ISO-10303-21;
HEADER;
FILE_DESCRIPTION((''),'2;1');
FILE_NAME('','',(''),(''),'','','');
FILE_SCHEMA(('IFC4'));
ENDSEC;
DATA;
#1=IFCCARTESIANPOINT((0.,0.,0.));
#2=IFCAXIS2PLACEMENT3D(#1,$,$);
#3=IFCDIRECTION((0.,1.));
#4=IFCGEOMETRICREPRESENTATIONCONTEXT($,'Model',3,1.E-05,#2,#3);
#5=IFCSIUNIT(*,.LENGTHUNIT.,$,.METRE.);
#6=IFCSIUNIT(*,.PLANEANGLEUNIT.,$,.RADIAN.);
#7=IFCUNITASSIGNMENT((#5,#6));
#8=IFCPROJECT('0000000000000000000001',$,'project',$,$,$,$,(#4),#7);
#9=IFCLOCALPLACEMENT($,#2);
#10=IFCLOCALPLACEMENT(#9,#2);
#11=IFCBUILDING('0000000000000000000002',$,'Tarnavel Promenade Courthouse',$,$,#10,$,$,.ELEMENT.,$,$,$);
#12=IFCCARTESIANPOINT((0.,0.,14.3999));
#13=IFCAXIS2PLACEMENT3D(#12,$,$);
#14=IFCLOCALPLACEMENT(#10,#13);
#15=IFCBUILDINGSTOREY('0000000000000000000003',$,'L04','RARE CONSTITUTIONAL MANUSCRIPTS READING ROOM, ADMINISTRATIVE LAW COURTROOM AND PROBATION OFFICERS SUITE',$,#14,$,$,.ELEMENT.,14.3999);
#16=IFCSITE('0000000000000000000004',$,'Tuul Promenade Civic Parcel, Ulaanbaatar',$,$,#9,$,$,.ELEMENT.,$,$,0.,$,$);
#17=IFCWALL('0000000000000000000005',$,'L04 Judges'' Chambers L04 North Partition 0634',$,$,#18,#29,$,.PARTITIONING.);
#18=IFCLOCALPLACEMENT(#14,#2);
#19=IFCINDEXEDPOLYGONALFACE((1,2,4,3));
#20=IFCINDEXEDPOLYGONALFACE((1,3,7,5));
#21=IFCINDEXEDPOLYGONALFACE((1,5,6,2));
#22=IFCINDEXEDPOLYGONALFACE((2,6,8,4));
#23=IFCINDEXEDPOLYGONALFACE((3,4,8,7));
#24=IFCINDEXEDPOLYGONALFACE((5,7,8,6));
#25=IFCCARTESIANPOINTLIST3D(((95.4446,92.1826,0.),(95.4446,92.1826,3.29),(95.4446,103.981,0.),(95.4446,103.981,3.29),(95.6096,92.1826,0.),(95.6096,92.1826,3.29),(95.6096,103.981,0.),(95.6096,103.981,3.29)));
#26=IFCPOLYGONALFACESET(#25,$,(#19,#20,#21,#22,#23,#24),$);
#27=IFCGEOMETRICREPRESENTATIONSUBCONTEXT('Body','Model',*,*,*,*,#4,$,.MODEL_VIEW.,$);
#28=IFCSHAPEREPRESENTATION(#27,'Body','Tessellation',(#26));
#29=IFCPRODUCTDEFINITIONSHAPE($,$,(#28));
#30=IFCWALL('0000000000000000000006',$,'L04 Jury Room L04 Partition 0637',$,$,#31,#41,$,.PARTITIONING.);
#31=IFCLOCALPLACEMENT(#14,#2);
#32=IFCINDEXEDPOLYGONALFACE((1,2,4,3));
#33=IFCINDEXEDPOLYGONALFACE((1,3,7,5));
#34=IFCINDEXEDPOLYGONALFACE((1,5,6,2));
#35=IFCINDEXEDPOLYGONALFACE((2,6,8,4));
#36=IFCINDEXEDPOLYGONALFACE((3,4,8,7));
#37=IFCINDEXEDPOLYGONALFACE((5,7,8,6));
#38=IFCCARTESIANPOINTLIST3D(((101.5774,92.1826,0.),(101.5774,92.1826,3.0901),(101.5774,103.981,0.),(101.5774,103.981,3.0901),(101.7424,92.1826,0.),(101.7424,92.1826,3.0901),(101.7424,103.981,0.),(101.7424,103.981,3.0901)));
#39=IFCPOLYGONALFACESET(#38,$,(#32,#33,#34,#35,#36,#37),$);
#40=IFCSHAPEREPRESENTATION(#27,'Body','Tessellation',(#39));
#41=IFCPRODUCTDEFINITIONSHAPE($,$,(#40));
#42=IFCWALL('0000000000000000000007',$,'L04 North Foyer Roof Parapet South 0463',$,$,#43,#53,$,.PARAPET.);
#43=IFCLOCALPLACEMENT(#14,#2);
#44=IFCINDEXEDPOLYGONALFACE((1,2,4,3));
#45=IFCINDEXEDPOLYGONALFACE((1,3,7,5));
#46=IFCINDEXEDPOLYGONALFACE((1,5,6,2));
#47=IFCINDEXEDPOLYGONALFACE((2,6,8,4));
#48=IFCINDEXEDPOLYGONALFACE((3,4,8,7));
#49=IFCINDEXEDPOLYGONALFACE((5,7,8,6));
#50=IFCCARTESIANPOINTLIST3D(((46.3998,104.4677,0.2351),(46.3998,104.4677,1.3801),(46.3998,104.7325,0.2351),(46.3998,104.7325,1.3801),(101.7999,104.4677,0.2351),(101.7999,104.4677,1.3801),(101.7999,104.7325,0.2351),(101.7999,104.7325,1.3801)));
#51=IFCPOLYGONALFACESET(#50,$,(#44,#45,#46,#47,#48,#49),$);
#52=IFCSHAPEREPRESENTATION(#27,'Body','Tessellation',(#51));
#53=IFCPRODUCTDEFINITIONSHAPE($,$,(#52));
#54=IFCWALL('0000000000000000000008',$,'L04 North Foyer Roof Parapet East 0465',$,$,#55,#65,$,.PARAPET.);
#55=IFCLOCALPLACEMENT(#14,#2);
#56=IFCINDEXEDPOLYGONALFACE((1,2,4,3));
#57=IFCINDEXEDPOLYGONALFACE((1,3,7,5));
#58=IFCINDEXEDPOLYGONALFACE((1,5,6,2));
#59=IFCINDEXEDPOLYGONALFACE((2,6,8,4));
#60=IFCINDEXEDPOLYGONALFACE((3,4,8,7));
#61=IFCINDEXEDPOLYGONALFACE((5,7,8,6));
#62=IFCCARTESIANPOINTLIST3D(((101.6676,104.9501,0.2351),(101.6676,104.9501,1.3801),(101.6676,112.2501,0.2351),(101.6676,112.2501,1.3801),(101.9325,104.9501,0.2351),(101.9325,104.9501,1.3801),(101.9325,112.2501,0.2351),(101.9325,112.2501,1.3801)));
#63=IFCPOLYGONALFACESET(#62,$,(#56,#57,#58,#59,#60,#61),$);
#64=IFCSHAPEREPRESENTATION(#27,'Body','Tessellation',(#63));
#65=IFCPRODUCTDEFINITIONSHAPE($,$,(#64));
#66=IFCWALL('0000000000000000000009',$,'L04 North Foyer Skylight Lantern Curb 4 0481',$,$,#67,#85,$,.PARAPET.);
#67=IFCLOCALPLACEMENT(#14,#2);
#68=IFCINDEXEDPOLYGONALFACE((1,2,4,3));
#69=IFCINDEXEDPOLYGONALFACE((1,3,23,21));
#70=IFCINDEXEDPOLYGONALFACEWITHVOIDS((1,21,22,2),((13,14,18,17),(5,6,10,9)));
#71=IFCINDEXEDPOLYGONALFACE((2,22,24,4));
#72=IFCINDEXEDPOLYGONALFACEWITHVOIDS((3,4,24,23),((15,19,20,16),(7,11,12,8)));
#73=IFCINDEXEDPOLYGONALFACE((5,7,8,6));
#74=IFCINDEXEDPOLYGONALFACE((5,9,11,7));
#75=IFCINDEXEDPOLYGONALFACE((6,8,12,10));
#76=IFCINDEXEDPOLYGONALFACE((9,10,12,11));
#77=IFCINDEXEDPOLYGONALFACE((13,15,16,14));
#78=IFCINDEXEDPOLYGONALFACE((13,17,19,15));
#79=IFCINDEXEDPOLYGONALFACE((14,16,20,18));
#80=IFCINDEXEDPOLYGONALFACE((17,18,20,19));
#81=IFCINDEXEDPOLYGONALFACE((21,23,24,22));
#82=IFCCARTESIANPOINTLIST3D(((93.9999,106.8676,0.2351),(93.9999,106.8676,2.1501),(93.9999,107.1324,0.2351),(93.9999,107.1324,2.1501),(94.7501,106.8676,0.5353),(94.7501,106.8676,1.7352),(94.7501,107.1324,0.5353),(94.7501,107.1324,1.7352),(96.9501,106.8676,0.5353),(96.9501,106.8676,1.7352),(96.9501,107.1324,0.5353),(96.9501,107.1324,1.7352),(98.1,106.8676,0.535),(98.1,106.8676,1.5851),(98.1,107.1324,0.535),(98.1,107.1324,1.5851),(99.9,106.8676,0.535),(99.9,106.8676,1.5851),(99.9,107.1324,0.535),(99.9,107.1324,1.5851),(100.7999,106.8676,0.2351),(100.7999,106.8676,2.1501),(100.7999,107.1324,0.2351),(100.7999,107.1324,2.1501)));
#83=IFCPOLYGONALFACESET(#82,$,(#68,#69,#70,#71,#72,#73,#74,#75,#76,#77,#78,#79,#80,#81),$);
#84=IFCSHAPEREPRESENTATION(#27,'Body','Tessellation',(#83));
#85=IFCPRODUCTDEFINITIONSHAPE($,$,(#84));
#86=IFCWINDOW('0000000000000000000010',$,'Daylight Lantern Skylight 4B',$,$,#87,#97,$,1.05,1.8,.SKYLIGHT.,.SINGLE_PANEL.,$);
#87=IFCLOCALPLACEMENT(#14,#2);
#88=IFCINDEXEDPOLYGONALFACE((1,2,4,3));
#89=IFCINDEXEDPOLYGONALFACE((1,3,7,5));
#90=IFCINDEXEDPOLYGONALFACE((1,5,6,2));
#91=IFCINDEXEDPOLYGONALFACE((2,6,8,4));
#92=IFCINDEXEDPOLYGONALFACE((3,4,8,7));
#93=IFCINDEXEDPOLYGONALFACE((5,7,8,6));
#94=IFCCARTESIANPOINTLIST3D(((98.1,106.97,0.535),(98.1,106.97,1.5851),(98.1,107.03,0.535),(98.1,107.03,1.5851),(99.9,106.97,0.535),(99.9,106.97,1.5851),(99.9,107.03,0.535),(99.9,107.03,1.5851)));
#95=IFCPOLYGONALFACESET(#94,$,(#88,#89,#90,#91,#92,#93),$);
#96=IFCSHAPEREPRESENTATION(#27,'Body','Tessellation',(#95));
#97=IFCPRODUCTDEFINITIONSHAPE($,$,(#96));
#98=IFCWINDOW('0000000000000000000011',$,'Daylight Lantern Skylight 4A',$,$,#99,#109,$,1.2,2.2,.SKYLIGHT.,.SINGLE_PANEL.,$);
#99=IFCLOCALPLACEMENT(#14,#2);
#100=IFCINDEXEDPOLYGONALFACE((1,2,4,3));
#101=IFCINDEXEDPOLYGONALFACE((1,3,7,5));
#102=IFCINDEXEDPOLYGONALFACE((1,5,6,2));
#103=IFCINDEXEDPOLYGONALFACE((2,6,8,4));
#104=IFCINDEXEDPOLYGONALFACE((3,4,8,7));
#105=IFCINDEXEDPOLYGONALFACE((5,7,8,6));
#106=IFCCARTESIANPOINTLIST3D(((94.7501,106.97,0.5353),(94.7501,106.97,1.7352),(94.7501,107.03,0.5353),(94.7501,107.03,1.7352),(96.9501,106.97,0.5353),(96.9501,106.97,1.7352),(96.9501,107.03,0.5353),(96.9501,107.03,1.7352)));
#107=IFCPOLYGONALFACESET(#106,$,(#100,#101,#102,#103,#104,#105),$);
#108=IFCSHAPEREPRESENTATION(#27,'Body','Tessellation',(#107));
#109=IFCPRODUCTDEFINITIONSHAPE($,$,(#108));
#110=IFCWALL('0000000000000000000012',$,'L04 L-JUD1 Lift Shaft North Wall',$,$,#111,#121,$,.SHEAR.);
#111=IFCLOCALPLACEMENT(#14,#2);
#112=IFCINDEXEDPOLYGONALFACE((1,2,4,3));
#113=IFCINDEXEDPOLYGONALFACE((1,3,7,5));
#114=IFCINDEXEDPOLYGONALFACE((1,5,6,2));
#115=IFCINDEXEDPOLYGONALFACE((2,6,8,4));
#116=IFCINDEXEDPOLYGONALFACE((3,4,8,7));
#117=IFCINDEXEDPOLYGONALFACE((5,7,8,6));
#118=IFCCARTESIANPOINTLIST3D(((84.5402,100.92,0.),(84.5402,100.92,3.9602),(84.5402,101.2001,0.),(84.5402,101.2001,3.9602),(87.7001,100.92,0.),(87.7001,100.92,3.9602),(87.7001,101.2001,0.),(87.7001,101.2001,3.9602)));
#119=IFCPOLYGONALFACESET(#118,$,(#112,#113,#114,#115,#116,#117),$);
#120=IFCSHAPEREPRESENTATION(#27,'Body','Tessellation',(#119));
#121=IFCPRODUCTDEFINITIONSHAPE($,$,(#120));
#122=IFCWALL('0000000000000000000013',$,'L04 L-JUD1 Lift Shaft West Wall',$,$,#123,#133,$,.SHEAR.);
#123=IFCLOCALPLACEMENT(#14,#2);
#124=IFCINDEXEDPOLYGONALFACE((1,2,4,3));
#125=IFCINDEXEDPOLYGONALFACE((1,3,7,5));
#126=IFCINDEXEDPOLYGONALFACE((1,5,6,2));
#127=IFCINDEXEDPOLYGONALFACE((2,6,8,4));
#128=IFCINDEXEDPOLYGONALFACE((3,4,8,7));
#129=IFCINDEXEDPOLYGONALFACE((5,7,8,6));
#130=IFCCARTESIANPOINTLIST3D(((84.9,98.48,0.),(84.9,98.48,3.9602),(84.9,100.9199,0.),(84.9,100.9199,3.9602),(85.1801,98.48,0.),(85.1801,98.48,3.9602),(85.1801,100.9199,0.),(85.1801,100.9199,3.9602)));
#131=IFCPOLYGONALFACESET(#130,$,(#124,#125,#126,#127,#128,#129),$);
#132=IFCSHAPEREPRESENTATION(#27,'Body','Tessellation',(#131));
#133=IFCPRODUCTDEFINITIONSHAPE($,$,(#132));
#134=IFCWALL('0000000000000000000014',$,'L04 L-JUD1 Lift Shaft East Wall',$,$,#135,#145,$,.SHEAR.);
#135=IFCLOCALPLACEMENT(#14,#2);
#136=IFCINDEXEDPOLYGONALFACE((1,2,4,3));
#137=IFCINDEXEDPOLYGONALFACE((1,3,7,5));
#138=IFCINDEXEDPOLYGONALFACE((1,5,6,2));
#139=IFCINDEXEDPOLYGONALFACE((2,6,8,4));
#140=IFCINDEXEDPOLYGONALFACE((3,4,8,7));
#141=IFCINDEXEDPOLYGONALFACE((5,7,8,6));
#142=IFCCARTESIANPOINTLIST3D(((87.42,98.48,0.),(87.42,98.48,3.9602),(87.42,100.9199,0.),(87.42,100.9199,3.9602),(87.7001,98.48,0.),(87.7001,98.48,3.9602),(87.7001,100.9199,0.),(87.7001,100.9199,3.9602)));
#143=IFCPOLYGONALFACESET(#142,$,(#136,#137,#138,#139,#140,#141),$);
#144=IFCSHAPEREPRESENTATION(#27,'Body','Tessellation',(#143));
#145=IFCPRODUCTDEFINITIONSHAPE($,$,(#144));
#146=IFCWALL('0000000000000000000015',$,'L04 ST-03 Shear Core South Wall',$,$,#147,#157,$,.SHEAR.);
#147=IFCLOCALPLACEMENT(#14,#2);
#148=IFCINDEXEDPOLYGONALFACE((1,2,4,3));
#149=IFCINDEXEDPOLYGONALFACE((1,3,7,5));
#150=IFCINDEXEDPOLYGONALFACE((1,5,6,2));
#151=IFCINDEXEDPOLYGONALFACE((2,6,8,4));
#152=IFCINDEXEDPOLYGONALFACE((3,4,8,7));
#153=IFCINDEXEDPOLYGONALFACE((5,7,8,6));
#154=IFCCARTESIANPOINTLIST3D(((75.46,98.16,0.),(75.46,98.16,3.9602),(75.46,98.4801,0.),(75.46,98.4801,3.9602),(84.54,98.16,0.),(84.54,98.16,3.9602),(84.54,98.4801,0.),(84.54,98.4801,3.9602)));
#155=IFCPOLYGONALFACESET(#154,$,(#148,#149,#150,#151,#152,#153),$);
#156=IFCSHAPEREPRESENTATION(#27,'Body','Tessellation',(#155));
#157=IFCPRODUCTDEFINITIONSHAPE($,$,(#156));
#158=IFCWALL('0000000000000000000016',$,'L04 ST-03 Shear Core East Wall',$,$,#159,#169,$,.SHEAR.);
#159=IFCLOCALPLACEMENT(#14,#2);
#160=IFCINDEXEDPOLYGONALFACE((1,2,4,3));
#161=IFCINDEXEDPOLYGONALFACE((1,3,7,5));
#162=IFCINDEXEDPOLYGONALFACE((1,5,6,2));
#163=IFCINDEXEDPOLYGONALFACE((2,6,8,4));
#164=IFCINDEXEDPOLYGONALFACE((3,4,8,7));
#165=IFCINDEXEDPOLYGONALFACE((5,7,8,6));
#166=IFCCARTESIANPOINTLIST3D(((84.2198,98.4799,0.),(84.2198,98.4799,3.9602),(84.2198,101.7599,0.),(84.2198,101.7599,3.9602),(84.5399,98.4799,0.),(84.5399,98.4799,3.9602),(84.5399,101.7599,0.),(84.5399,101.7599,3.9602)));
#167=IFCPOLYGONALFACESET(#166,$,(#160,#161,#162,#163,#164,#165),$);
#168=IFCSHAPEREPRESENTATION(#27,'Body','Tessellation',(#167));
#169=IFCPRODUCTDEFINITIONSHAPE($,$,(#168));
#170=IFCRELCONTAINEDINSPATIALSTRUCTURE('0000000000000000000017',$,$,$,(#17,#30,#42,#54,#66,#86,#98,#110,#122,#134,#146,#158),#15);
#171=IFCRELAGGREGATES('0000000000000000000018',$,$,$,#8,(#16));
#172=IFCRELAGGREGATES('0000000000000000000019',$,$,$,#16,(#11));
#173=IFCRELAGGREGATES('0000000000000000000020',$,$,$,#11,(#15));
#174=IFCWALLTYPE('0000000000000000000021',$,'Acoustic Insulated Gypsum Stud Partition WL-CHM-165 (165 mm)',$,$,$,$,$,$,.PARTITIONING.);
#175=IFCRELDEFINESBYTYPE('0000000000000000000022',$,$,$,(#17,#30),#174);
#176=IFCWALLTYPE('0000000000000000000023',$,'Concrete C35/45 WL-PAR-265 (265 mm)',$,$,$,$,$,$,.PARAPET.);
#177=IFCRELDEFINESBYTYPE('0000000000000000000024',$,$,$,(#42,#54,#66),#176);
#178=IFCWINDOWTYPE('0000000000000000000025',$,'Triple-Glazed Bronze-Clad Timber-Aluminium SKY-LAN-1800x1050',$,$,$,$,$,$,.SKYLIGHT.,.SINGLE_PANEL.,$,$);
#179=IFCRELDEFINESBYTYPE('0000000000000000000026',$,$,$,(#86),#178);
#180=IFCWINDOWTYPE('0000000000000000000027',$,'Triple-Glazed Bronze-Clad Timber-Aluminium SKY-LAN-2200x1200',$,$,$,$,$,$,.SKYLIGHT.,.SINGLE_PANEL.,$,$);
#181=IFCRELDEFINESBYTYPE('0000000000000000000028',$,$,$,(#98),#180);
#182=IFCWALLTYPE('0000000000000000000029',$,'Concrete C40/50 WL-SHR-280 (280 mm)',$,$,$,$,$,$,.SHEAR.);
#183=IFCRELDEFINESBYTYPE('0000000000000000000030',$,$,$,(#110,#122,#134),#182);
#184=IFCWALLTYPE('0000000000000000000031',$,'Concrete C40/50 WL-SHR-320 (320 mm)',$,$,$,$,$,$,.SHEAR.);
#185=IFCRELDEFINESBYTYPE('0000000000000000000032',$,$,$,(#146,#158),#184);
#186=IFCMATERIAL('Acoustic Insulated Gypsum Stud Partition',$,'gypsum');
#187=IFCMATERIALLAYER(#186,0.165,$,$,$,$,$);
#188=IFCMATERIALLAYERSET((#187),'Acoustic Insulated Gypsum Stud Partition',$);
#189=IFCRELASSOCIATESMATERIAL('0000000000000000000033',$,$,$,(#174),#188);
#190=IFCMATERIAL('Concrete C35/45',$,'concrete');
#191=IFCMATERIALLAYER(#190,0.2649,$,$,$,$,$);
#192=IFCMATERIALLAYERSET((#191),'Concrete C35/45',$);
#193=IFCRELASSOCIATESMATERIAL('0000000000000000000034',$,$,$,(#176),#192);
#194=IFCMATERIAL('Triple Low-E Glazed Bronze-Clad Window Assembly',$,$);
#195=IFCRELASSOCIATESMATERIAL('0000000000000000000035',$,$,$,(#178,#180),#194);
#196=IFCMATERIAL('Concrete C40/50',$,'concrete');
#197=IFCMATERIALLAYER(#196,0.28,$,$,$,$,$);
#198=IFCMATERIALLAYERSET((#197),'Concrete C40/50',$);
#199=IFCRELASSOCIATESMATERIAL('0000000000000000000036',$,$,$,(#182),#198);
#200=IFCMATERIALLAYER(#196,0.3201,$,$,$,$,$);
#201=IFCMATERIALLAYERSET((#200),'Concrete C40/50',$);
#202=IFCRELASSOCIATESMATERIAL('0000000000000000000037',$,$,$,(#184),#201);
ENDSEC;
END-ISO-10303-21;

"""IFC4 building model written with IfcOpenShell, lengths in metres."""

from ifc_helpers import new_model, si_unit, direction, frame, frame_2d, origin, place, context, subcontext, project, spatial, rectangle, extrude, material, layer, layer_set, type_object, element, fill, save


model = new_model("IFC4")

# Units and contexts
model_context = context("Model", 3, precision=1e-05, world=origin(), true_north=direction((0.0, 1.0)))
body_context = subcontext(model_context, "Body", "Model", "MODEL_VIEW")
ifc_project = project(units=[si_unit("LENGTHUNIT", "METRE"), si_unit("PLANEANGLEUNIT", "RADIAN")], contexts=[model_context])

# Site, building, storey
site_placement = place(None, origin())
site = spatial("IfcSite", under=ifc_project, at=site_placement, Name="Tuul Promenade Civic Parcel, Ulaanbaatar", CompositionType="ELEMENT", RefElevation=0.0)
building_placement = place(site_placement, origin())
building = spatial("IfcBuilding", under=site, at=building_placement, Name="Tarnavel Promenade Courthouse", CompositionType="ELEMENT")
storey_placement = place(building_placement, frame((0.0, 0.0, 14.3999)))
storey = spatial("IfcBuildingStorey", under=building, at=storey_placement, Name="L04", Description="RARE CONSTITUTIONAL MANUSCRIPTS READING ROOM, ADMINISTRATIVE LAW COURTROOM AND PROBATION OFFICERS SUITE", CompositionType="ELEMENT", Elevation=14.3999)

# Shared definitions
ifc_material_1 = material(Name="Concrete C40/50", Category="concrete")

# Walls
ifc_material_2 = material(Name="Acoustic Insulated Gypsum Stud Partition", Category="gypsum")
ifc_layer_1 = layer(ifc_material_2, 0.165)
ifc_layer_set_1 = layer_set([ifc_layer_1], Name="Acoustic Insulated Gypsum Stud Partition")
wall_type_1 = type_object("IfcWallType", Name="Acoustic Insulated Gypsum Stud Partition WL-CHM-165 (165 mm)", PredefinedType="PARTITIONING", material=ifc_layer_set_1)
wall_1_placement = place(storey_placement, frame((95.5271, 103.981, 0.0), z_axis=(0.0, 0.0, 1.0), x_axis=(0.0, -1.0, 0.0)))
element("IfcWall", 1, at=wall_1_placement, inside=storey, type_object=wall_type_1, Name="L04 Judges' Chambers L04 North Partition 0634", PredefinedType="PARTITIONING", context=body_context, shape_type="SweptSolid", body=[
    extrude(rectangle(XDim=11.7983, YDim=0.165, at=frame_2d((5.8992, 0.0))), origin(), (0.0, 0.0, 1.0), 3.29),
])
wall_2_placement = place(storey_placement, frame((101.6599, 103.981, 0.0), z_axis=(0.0, 0.0, 1.0), x_axis=(0.0, -1.0, 0.0)))
element("IfcWall", 2, at=wall_2_placement, inside=storey, type_object=wall_type_1, Name="L04 Jury Room L04 Partition 0637", PredefinedType="PARTITIONING", context=body_context, shape_type="SweptSolid", body=[
    extrude(rectangle(XDim=11.7983, YDim=0.165, at=frame_2d((5.8992, 0.0))), origin(), (0.0, 0.0, 1.0), 3.0901),
])
ifc_material_3 = material(Name="Concrete C35/45", Category="concrete")
ifc_layer_2 = layer(ifc_material_3, 0.2649)
ifc_layer_set_2 = layer_set([ifc_layer_2], Name="Concrete C35/45")
wall_type_2 = type_object("IfcWallType", Name="Concrete C35/45 WL-PAR-265 (265 mm)", PredefinedType="PARAPET", material=ifc_layer_set_2)
wall_3_placement = place(storey_placement, frame((101.8, 104.6001, 0.2351), z_axis=(0.0, 0.0, 1.0), x_axis=(-1.0, 0.0, 0.0)))
element("IfcWall", 3, at=wall_3_placement, inside=storey, type_object=wall_type_2, Name="L04 North Foyer Roof Parapet South 0463", PredefinedType="PARAPET", context=body_context, shape_type="SweptSolid", body=[
    extrude(rectangle(XDim=55.4001, YDim=0.2649, at=frame_2d((27.7002, 0.0))), origin(), (0.0, 0.0, 1.0), 1.145),
])
wall_4_placement = place(storey_placement, frame((101.8, 112.25, 0.2351), z_axis=(0.0, 0.0, 1.0), x_axis=(0.0, -1.0, 0.0)))
element("IfcWall", 4, at=wall_4_placement, inside=storey, type_object=wall_type_2, Name="L04 North Foyer Roof Parapet East 0465", PredefinedType="PARAPET", context=body_context, shape_type="SweptSolid", body=[
    extrude(rectangle(XDim=7.3, YDim=0.2649, at=frame_2d((3.6499, 0.0))), origin(), (0.0, 0.0, 1.0), 1.145),
])

# Wall, openings, windows
wall_5_placement = place(storey_placement, frame((94.0, 107.0, 0.2351), z_axis=(0.0, 0.0, 1.0), x_axis=(1.0, 0.0, 0.0)))
wall_5 = element("IfcWall", 5, at=wall_5_placement, inside=storey, type_object=wall_type_2, Name="L04 North Foyer Skylight Lantern Curb 4 0481", PredefinedType="PARAPET", context=body_context, shape_type="SweptSolid", body=[
    extrude(rectangle(XDim=6.8, YDim=0.2649, at=frame_2d((3.3999, 0.0))), origin(), (0.0, 0.0, 1.0), 1.915),
])
opening_1_placement = place(wall_5_placement, frame((0.75, 0.0, 0.3)))
opening_1 = element("IfcOpeningElement", 6, at=opening_1_placement, cuts=wall_5, PredefinedType="OPENING", context=body_context, shape_type="SweptSolid", body=[
    extrude(rectangle(XDim=2.2, YDim=1.2, at=frame_2d((1.1001, 0.6001))), frame((0.0, 0.1423, 0.0), z_axis=(0.0, -1.0, 0.0), x_axis=(1.0, 0.0, 0.0)), (0.0, 0.0, 1.0), 0.2849),
])
opening_2_placement = place(wall_5_placement, frame((4.1001, 0.0, 0.3)))
opening_2 = element("IfcOpeningElement", 7, at=opening_2_placement, cuts=wall_5, PredefinedType="OPENING", context=body_context, shape_type="SweptSolid", body=[
    extrude(rectangle(XDim=1.8, YDim=1.05, at=frame_2d((0.8999, 0.5249))), frame((0.0, 0.1423, 0.0), z_axis=(0.0, -1.0, 0.0), x_axis=(1.0, 0.0, 0.0)), (0.0, 0.0, 1.0), 0.2849),
])
ifc_material_4 = material(Name="Triple Low-E Glazed Bronze-Clad Window Assembly")
window_type_1 = type_object("IfcWindowType", Name="Triple-Glazed Bronze-Clad Timber-Aluminium SKY-LAN-1800x1050", PartitioningType="SINGLE_PANEL", PredefinedType="SKYLIGHT", material=ifc_material_4)
window_1_placement = place(opening_2_placement, origin())
window_1 = element("IfcWindow", 8, at=window_1_placement, inside=storey, type_object=window_type_1, Name="Daylight Lantern Skylight 4B", OverallHeight=1.05, OverallWidth=1.8, PartitioningType="SINGLE_PANEL", PredefinedType="SKYLIGHT", context=body_context, shape_type="SweptSolid", body=[
    extrude(rectangle(XDim=1.8, YDim=1.05, at=frame_2d((0.8999, 0.5249))), frame((0.0, 0.03, 0.0), z_axis=(0.0, -1.0, 0.0), x_axis=(1.0, 0.0, 0.0)), (0.0, 0.0, 1.0), 0.0601),
])
fill(opening_2, window_1)
window_type_2 = type_object("IfcWindowType", Name="Triple-Glazed Bronze-Clad Timber-Aluminium SKY-LAN-2200x1200", PartitioningType="SINGLE_PANEL", PredefinedType="SKYLIGHT", material=ifc_material_4)
window_2_placement = place(opening_1_placement, origin())
window_2 = element("IfcWindow", 9, at=window_2_placement, inside=storey, type_object=window_type_2, Name="Daylight Lantern Skylight 4A", OverallHeight=1.2, OverallWidth=2.2, PartitioningType="SINGLE_PANEL", PredefinedType="SKYLIGHT", context=body_context, shape_type="SweptSolid", body=[
    extrude(rectangle(XDim=2.2, YDim=1.2, at=frame_2d((1.1001, 0.6001))), frame((0.0, 0.03, 0.0), z_axis=(0.0, -1.0, 0.0), x_axis=(1.0, 0.0, 0.0)), (0.0, 0.0, 1.0), 0.0601),
])
fill(opening_1, window_2)

# Wall
ifc_layer_3 = layer(ifc_material_1, 0.28)
ifc_layer_set_3 = layer_set([ifc_layer_3], Name="Concrete C40/50")
wall_type_3 = type_object("IfcWallType", Name="Concrete C40/50 WL-SHR-280 (280 mm)", PredefinedType="SHEAR", material=ifc_layer_set_3)
wall_6_placement = place(storey_placement, frame((84.54, 101.0601, 0.0), z_axis=(0.0, 0.0, 1.0), x_axis=(1.0, 0.0, 0.0)))
element("IfcWall", 10, at=wall_6_placement, inside=storey, type_object=wall_type_3, Name="L04 L-JUD1 Lift Shaft North Wall", PredefinedType="SHEAR", context=body_context, shape_type="SweptSolid", body=[
    extrude(rectangle(XDim=3.1599, YDim=0.28, at=frame_2d((1.5801, 0.0))), origin(), (0.0, 0.0, 1.0), 3.9602),
])

# Walls
for number, where, z_axis, x_axis, name in (
    (11, (85.04, 98.48, 0.0), (0.0, 0.0, 1.0), (0.0, 1.0, 0.0), "L04 L-JUD1 Lift Shaft West Wall"),
    (12, (87.5601, 100.9199, 0.0), (0.0, 0.0, 1.0), (0.0, -1.0, 0.0), "L04 L-JUD1 Lift Shaft East Wall"),
):
    element("IfcWall", number, at=place(storey_placement, frame(where, z_axis=z_axis, x_axis=x_axis)), inside=storey, type_object=wall_type_3, Name=name, PredefinedType="SHEAR", context=body_context, shape_type="SweptSolid", body=[
        extrude(rectangle(XDim=2.4399, YDim=0.28, at=frame_2d((1.22, 0.0))), origin(), (0.0, 0.0, 1.0), 3.9602),
    ])
ifc_layer_4 = layer(ifc_material_1, 0.3201)
ifc_layer_set_4 = layer_set([ifc_layer_4], Name="Concrete C40/50")
wall_type_4 = type_object("IfcWallType", Name="Concrete C40/50 WL-SHR-320 (320 mm)", PredefinedType="SHEAR", material=ifc_layer_set_4)
wall_7_placement = place(storey_placement, frame((84.54, 98.3201, 0.0), z_axis=(0.0, 0.0, 1.0), x_axis=(-1.0, 0.0, 0.0)))
element("IfcWall", 13, at=wall_7_placement, inside=storey, type_object=wall_type_4, Name="L04 ST-03 Shear Core South Wall", PredefinedType="SHEAR", context=body_context, shape_type="SweptSolid", body=[
    extrude(rectangle(XDim=9.0801, YDim=0.3201, at=frame_2d((4.54, 0.0))), origin(), (0.0, 0.0, 1.0), 3.9602),
])
wall_8_placement = place(storey_placement, frame((84.3799, 101.76, 0.0), z_axis=(0.0, 0.0, 1.0), x_axis=(0.0, -1.0, 0.0)))
element("IfcWall", 14, at=wall_8_placement, inside=storey, type_object=wall_type_4, Name="L04 ST-03 Shear Core East Wall", PredefinedType="SHEAR", context=body_context, shape_type="SweptSolid", body=[
    extrude(rectangle(XDim=3.28, YDim=0.3201, at=frame_2d((1.6401, 0.0))), origin(), (0.0, 0.0, 1.0), 3.9602),
])

save(model, "model.ifc")
